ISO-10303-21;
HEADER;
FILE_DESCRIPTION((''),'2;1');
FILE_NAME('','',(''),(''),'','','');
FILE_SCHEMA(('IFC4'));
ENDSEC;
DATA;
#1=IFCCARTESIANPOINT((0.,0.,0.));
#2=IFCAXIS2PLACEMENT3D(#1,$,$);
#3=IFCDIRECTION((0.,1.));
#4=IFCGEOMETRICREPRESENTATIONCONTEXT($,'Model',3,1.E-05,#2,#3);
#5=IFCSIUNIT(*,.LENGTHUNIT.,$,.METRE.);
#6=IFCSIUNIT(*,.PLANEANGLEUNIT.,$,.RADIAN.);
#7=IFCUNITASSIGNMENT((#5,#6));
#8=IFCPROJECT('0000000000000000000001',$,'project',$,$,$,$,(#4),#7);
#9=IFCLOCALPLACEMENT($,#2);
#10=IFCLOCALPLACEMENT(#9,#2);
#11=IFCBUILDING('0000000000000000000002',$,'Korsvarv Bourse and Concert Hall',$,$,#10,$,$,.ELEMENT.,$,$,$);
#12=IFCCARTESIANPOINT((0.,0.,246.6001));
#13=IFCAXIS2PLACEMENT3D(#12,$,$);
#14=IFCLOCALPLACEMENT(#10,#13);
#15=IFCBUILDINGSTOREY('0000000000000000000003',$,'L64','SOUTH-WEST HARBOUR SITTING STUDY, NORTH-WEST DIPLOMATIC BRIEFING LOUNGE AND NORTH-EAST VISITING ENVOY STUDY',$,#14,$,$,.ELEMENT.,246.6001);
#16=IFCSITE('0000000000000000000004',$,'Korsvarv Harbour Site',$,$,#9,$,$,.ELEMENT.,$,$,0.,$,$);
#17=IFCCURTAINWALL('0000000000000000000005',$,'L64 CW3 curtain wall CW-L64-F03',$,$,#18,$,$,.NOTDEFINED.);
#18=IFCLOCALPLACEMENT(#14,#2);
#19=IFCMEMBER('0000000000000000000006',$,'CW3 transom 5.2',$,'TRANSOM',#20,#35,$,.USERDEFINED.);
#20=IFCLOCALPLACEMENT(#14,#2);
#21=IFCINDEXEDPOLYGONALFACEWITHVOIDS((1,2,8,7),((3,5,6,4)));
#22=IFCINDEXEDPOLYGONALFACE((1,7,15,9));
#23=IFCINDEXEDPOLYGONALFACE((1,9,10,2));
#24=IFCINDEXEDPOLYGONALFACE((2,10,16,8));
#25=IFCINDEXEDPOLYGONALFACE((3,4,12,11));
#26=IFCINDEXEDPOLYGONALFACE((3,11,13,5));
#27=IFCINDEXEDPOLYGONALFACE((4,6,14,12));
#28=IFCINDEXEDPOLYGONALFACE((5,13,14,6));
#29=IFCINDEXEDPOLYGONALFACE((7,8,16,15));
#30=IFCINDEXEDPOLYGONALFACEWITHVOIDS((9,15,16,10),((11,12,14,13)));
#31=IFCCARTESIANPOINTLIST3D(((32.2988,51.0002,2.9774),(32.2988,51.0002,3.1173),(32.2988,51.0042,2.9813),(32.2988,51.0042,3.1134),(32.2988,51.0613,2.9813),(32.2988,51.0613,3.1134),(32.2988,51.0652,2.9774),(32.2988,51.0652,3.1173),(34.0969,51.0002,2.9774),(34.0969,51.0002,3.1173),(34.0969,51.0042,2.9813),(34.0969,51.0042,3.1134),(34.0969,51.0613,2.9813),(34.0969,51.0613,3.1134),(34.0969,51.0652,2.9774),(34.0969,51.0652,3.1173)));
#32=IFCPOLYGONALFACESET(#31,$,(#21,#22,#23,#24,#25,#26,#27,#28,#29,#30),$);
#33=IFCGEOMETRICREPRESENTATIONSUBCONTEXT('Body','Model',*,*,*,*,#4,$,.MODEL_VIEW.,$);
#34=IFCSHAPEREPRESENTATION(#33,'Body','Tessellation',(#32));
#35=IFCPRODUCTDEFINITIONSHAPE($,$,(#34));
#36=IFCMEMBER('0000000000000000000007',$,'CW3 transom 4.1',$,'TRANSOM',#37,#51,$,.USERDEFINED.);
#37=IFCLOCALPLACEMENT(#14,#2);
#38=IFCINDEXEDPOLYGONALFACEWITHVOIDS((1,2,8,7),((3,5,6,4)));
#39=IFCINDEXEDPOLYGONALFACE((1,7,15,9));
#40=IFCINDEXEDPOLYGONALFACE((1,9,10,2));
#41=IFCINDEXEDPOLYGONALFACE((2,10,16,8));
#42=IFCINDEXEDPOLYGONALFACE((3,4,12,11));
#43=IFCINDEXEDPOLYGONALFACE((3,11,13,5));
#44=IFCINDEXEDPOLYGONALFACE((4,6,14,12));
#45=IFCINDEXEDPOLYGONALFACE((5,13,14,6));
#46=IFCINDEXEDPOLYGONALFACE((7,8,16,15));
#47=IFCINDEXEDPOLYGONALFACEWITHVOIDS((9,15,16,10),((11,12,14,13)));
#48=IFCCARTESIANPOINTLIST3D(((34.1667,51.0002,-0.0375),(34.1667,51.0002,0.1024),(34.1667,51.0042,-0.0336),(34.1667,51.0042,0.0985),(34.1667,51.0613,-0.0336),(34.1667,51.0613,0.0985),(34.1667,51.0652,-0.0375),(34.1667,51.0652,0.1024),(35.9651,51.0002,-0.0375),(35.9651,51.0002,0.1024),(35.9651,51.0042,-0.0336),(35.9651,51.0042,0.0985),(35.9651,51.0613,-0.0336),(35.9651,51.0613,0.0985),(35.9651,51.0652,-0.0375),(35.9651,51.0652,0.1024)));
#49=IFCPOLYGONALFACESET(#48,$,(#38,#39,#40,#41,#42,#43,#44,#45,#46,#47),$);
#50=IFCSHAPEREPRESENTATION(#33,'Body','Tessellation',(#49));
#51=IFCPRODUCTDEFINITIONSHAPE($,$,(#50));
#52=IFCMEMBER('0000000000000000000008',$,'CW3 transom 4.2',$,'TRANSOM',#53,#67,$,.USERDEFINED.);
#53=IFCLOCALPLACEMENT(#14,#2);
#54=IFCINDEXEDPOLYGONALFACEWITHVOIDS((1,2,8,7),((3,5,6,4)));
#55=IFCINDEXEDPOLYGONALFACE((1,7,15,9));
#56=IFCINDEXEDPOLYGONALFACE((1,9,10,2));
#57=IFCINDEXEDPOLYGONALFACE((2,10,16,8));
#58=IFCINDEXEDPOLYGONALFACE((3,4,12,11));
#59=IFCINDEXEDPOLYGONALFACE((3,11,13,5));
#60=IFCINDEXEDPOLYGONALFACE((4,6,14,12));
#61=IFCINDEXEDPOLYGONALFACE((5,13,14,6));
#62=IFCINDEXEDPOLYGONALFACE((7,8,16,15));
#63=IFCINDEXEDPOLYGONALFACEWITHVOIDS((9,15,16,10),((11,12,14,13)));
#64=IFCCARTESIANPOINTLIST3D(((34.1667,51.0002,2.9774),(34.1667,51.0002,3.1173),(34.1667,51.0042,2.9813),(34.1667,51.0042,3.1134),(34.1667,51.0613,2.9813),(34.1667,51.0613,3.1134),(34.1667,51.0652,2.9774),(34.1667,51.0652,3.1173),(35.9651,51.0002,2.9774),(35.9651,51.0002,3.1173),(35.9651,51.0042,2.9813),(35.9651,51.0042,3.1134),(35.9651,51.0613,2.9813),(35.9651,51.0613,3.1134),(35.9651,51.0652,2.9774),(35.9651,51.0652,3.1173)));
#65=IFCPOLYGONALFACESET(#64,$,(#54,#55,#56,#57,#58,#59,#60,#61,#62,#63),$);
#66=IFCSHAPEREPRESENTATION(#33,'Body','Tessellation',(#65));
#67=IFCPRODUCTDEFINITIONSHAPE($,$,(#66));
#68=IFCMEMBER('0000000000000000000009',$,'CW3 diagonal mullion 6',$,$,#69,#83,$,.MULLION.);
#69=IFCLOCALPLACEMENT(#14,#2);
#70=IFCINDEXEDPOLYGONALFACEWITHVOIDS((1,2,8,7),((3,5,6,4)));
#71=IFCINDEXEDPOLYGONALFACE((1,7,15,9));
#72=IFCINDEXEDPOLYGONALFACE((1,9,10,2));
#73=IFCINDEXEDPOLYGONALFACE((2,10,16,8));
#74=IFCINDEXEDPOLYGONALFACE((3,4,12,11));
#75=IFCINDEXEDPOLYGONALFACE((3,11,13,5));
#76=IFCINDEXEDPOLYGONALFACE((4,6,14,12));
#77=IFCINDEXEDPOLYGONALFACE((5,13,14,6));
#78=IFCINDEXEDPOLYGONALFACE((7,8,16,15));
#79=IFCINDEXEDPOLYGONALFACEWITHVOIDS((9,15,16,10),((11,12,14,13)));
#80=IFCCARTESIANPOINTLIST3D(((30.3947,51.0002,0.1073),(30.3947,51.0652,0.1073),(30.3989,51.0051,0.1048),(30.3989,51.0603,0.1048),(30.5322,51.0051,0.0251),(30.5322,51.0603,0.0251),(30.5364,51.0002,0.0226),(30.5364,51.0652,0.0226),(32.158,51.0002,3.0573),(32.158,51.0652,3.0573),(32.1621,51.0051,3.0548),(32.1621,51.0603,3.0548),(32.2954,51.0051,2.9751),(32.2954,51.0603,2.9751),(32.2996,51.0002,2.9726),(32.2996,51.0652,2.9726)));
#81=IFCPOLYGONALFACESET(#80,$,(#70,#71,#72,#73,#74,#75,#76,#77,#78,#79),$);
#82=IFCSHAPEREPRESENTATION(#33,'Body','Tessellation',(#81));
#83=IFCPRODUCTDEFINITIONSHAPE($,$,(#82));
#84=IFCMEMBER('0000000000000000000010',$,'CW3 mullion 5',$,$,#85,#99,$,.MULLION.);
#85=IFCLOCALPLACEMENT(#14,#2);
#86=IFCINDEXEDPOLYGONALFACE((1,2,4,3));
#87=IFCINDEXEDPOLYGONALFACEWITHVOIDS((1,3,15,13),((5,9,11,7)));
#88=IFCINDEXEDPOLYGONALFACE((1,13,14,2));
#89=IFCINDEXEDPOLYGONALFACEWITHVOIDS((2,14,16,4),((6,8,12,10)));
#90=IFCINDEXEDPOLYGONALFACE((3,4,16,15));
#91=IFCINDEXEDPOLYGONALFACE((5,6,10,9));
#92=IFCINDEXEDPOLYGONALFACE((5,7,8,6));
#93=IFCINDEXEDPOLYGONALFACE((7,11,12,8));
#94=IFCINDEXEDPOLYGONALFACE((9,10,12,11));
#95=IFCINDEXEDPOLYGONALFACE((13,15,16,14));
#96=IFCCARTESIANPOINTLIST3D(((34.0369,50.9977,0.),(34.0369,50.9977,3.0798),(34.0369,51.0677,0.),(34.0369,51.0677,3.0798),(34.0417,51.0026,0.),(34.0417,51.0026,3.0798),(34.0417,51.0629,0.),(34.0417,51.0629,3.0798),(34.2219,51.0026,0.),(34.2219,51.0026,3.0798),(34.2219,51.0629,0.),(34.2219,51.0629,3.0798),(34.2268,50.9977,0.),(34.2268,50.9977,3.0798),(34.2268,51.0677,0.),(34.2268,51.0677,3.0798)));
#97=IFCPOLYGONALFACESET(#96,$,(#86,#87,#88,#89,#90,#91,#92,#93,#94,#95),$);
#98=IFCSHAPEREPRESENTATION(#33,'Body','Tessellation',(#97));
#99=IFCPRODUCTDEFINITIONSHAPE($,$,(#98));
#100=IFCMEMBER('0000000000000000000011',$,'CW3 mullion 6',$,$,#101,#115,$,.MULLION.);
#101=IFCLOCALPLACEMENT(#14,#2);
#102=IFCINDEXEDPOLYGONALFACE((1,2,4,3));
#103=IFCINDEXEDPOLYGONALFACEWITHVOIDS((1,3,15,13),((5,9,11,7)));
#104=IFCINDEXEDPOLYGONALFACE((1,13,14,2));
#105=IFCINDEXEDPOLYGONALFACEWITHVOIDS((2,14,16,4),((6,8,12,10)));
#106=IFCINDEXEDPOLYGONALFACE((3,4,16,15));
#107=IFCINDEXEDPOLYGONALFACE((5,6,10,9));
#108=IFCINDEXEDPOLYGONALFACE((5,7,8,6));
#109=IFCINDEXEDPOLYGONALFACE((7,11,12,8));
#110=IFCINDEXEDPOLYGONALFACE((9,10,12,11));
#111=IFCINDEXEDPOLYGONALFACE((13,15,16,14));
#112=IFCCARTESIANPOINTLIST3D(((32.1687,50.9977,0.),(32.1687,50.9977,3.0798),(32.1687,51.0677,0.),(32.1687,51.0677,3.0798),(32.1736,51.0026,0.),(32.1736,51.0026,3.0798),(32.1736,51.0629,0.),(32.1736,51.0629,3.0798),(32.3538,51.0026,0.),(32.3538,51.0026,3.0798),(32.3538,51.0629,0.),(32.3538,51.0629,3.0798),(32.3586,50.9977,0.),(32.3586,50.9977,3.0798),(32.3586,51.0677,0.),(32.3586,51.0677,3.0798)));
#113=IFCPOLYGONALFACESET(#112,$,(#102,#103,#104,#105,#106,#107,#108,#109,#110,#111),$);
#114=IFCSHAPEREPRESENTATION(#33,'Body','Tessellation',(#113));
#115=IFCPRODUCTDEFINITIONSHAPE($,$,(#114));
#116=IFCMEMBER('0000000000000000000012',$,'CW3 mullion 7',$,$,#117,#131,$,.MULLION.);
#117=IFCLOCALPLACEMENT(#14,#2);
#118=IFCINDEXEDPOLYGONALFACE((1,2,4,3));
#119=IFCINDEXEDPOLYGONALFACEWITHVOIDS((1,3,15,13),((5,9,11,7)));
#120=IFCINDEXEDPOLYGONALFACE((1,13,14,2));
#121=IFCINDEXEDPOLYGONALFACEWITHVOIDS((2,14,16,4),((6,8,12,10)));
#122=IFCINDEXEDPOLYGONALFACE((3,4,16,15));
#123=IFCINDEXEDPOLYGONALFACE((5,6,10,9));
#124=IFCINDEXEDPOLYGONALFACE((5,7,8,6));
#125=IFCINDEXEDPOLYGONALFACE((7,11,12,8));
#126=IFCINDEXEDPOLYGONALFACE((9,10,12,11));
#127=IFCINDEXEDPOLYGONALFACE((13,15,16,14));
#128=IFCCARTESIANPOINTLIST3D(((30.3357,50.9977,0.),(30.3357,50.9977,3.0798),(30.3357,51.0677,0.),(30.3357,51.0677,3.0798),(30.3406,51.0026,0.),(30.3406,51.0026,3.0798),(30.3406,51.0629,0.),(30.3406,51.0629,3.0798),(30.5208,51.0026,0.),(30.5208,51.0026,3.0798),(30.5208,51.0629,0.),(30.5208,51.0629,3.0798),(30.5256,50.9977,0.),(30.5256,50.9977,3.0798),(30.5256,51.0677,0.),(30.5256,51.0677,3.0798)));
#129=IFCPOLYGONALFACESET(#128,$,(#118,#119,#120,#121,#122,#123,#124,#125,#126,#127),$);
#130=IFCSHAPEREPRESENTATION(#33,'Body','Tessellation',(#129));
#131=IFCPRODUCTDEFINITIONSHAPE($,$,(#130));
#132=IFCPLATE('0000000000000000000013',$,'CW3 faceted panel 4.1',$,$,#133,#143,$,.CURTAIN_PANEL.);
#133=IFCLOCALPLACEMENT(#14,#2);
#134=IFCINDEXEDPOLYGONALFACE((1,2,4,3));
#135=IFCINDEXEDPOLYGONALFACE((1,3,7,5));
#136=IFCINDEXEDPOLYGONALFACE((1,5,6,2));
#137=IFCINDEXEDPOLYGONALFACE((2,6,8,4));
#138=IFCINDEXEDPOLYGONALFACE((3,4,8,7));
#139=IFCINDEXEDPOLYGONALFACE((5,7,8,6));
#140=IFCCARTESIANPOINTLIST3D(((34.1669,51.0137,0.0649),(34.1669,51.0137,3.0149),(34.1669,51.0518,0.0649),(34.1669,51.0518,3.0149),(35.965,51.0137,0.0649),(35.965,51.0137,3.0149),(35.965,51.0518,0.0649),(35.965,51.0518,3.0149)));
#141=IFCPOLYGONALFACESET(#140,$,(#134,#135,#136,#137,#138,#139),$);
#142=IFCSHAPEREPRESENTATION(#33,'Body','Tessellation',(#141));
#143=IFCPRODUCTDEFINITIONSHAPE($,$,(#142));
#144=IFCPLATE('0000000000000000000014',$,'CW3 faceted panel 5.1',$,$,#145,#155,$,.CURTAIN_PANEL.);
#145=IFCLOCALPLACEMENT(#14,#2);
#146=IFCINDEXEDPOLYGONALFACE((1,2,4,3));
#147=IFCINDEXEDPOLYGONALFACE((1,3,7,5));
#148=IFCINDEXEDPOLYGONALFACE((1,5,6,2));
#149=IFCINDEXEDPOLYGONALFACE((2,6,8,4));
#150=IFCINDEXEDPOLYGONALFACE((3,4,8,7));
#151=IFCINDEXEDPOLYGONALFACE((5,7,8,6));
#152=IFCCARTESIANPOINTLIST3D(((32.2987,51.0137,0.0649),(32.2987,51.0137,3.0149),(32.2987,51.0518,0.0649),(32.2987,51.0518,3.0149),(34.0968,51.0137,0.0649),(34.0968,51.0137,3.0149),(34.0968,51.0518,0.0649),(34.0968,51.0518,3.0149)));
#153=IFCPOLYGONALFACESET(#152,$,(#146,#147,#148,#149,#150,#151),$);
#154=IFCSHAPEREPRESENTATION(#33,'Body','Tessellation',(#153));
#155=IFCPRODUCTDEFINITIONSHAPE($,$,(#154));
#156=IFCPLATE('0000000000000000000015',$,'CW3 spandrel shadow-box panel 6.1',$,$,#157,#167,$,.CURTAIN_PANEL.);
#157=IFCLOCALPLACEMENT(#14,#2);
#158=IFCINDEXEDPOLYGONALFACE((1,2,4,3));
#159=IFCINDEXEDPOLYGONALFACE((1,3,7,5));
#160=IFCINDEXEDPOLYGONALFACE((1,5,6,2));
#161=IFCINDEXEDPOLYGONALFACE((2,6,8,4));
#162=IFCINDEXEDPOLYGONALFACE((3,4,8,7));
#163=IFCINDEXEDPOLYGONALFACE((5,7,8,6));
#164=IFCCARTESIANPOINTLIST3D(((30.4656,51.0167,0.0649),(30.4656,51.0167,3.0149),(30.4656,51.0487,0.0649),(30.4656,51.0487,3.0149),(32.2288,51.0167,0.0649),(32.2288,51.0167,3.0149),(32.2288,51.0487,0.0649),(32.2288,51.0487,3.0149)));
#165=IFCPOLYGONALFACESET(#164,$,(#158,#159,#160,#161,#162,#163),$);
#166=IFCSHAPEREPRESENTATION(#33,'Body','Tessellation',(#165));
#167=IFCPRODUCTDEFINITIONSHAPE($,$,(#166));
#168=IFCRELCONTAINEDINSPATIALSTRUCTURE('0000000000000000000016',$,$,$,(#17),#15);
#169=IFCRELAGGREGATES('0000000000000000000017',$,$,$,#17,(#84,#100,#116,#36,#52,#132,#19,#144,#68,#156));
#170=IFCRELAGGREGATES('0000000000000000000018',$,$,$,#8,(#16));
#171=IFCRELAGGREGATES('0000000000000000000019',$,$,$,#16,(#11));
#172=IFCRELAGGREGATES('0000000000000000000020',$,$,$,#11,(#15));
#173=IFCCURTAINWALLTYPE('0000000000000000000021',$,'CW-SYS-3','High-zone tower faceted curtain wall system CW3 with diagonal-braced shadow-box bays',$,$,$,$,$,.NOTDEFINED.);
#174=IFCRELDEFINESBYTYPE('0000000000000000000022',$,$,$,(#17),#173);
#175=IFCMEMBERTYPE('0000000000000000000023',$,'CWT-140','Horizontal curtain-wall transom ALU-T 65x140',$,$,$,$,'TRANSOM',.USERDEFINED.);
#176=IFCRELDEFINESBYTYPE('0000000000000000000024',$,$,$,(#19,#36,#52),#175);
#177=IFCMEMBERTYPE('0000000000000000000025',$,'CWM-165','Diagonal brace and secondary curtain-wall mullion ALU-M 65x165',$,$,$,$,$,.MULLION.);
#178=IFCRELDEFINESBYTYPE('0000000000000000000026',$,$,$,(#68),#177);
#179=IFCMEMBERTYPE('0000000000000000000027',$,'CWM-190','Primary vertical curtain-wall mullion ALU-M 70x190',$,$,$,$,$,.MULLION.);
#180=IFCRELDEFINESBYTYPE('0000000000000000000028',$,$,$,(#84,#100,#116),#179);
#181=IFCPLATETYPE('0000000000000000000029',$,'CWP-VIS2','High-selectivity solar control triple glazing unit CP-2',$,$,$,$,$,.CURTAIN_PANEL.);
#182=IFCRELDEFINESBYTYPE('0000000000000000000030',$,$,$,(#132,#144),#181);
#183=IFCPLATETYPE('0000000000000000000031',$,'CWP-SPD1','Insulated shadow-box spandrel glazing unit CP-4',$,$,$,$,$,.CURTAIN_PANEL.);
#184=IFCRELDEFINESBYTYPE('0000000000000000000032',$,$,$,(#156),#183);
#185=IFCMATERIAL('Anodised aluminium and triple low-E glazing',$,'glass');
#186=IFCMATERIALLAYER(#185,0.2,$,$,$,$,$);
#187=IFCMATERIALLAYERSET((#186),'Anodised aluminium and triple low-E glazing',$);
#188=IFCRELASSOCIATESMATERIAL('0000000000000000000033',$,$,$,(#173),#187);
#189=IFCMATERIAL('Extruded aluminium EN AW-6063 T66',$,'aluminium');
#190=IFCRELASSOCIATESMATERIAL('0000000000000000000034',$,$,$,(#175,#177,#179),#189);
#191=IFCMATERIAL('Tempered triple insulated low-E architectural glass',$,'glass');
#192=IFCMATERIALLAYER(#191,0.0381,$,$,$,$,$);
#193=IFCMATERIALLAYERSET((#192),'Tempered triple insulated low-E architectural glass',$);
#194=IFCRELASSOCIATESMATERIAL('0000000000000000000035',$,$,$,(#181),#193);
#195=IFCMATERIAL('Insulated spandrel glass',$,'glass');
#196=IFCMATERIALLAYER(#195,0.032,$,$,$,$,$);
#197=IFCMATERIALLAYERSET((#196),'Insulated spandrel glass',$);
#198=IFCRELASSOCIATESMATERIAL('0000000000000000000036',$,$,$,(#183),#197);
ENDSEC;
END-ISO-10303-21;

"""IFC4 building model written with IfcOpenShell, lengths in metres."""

from ifc_helpers import new_model, si_unit, direction, frame, origin, origin_2d, place, context, subcontext, project, spatial, rectangle, hollow_rectangle, extrude, source, transform, mapped, material, layer, layer_set, material_profile, profile_set, type_object, element, aggregate, save


model = new_model("IFC4")

# Units and contexts
model_context = context("Model", 3, precision=1e-05, world=origin(), true_north=direction((0.0, 1.0)))
body_context = subcontext(model_context, "Body", "Model", "MODEL_VIEW")
ifc_project = project(units=[si_unit("LENGTHUNIT", "METRE"), si_unit("PLANEANGLEUNIT", "RADIAN")], contexts=[model_context])

# Site, building, storey
site_placement = place(None, origin())
site = spatial("IfcSite", under=ifc_project, at=site_placement, Name="Korsvarv Harbour Site", CompositionType="ELEMENT", RefElevation=0.0)
building_placement = place(site_placement, origin())
building = spatial("IfcBuilding", under=site, at=building_placement, Name="Korsvarv Bourse and Concert Hall", CompositionType="ELEMENT")
storey_placement = place(building_placement, frame((0.0, 0.0, 246.6001)))
storey = spatial("IfcBuildingStorey", under=building, at=storey_placement, Name="L64", Description="SOUTH-WEST HARBOUR SITTING STUDY, NORTH-WEST DIPLOMATIC BRIEFING LOUNGE AND NORTH-EAST VISITING ENVOY STUDY", CompositionType="ELEMENT", Elevation=246.6001)

# Curtain wall, members, plates
ifc_material_1 = material(Name="Anodised aluminium and triple low-E glazing", Category="glass")
ifc_layer_1 = layer(ifc_material_1, 0.2)
ifc_layer_set_1 = layer_set([ifc_layer_1], Name="Anodised aluminium and triple low-E glazing")
curtain_wall_type = type_object("IfcCurtainWallType", Name="CW-SYS-3", Description="High-zone tower faceted curtain wall system CW3 with diagonal-braced shadow-box bays", PredefinedType="NOTDEFINED", material=ifc_layer_set_1)
curtain_wall_placement = place(storey_placement, origin())
curtain_wall = element("IfcCurtainWall", 1, at=curtain_wall_placement, inside=storey, type_object=curtain_wall_type, Name="L64 CW3 curtain wall CW-L64-F03", PredefinedType="NOTDEFINED")
ifc_material_2 = material(Name="Extruded aluminium EN AW-6063 T66", Category="aluminium")
ifc_material_profile_1 = material_profile(ifc_material_2, hollow_rectangle(XDim=0.0649, YDim=0.1399, WallThickness=0.0039, at=origin_2d()), Name="ALU-T 65x140")
ifc_profile_set_1 = profile_set([ifc_material_profile_1], Name="Extruded aluminium EN AW-6063 T66")
member_type_1 = type_object("IfcMemberType", Name="CWT-140", Description="Horizontal curtain-wall transom ALU-T 65x140", ElementType="TRANSOM", PredefinedType="USERDEFINED", material=ifc_profile_set_1)
shared_shape_1 = source(origin(), body_context, "Body", "SweptSolid", [
    extrude(hollow_rectangle(XDim=0.0649, YDim=0.1399, WallThickness=0.0039, at=origin_2d()), origin(), (0.0, 0.0, 1.0), 1.7981),
])
member_1_placement = place(storey_placement, frame((34.0969, 51.0327, 3.0474), z_axis=(-1.0, 0.0, 0.0), x_axis=(0.0, -1.0, 0.0)))
member_1 = element("IfcMember", 2, at=member_1_placement, type_object=member_type_1, Name="CW3 transom 5.2", ObjectType="TRANSOM", PredefinedType="USERDEFINED", context=body_context, shape_type="MappedRepresentation", body=[
    mapped(shared_shape_1, transform((0.0, 0.0, 0.0), scale=1.0)),
])
shared_shape_2 = source(origin(), body_context, "Body", "SweptSolid", [
    extrude(hollow_rectangle(XDim=0.0649, YDim=0.1399, WallThickness=0.0039, at=origin_2d()), origin(), (0.0, 0.0, 1.0), 1.7983),
])
member_2_placement = place(storey_placement, frame((35.9651, 51.0327, 0.0325), z_axis=(-1.0, 0.0, 0.0), x_axis=(0.0, -1.0, 0.0)))
member_2 = element("IfcMember", 3, at=member_2_placement, type_object=member_type_1, Name="CW3 transom 4.1", ObjectType="TRANSOM", PredefinedType="USERDEFINED", context=body_context, shape_type="MappedRepresentation", body=[
    mapped(shared_shape_2, transform((0.0, 0.0, 0.0), scale=1.0)),
])
member_3_placement = place(storey_placement, frame((35.9651, 51.0327, 3.0474), z_axis=(-1.0, 0.0, 0.0), x_axis=(0.0, -1.0, 0.0)))
member_3 = element("IfcMember", 4, at=member_3_placement, type_object=member_type_1, Name="CW3 transom 4.2", ObjectType="TRANSOM", PredefinedType="USERDEFINED", context=body_context, shape_type="MappedRepresentation", body=[
    mapped(shared_shape_2, transform((0.0, 0.0, 0.0), scale=1.0)),
])
ifc_material_profile_2 = material_profile(ifc_material_2, hollow_rectangle(XDim=0.0649, YDim=0.165, WallThickness=0.0049, at=origin_2d()), Name="ALU-M 65x165")
ifc_profile_set_2 = profile_set([ifc_material_profile_2], Name="Extruded aluminium EN AW-6063 T66")
member_type_2 = type_object("IfcMemberType", Name="CWM-165", Description="Diagonal brace and secondary curtain-wall mullion ALU-M 65x165", PredefinedType="MULLION", material=ifc_profile_set_2)
shared_shape_3 = source(origin(), body_context, "Body", "SweptSolid", [
    extrude(hollow_rectangle(XDim=0.0649, YDim=0.165, WallThickness=0.0049, at=origin_2d()), origin(), (0.0, 0.0, 1.0), 3.4368),
])
member_4_placement = place(storey_placement, frame((30.4656, 51.0327, 0.0649), z_axis=(0.513043, 0.0, 0.858363), x_axis=(0.0, 1.0, 0.0)))
member_4 = element("IfcMember", 5, at=member_4_placement, type_object=member_type_2, Name="CW3 diagonal mullion 6", PredefinedType="MULLION", context=body_context, shape_type="MappedRepresentation", body=[
    mapped(shared_shape_3, transform((0.0, 0.0, 0.0), scale=1.0)),
])
ifc_material_profile_3 = material_profile(ifc_material_2, hollow_rectangle(XDim=0.0701, YDim=0.1899, WallThickness=0.0049, at=origin_2d()), Name="ALU-M 70x190")
ifc_profile_set_3 = profile_set([ifc_material_profile_3], Name="Extruded aluminium EN AW-6063 T66")
member_type_3 = type_object("IfcMemberType", Name="CWM-190", Description="Primary vertical curtain-wall mullion ALU-M 70x190", PredefinedType="MULLION", material=ifc_profile_set_3)
shared_shape_4 = source(origin(), body_context, "Body", "SweptSolid", [
    extrude(hollow_rectangle(XDim=0.0701, YDim=0.1899, WallThickness=0.0049, at=origin_2d()), origin(), (0.0, 0.0, 1.0), 3.0798),
])
member_5_placement = place(storey_placement, frame((34.1318, 51.0327, 0.0), z_axis=(0.0, 0.0, 1.0), x_axis=(0.0, -1.0, 0.0)))
member_5 = element("IfcMember", 6, at=member_5_placement, type_object=member_type_3, Name="CW3 mullion 5", PredefinedType="MULLION", context=body_context, shape_type="MappedRepresentation", body=[
    mapped(shared_shape_4, transform((0.0, 0.0, 0.0), scale=1.0)),
])
member_6_placement = place(storey_placement, frame((32.2637, 51.0327, 0.0), z_axis=(0.0, 0.0, 1.0), x_axis=(0.0, -1.0, 0.0)))
member_6 = element("IfcMember", 7, at=member_6_placement, type_object=member_type_3, Name="CW3 mullion 6", PredefinedType="MULLION", context=body_context, shape_type="MappedRepresentation", body=[
    mapped(shared_shape_4, transform((0.0, 0.0, 0.0), scale=1.0)),
])
member_7_placement = place(storey_placement, frame((30.4307, 51.0327, 0.0), z_axis=(0.0, 0.0, 1.0), x_axis=(0.0, -1.0, 0.0)))
member_7 = element("IfcMember", 8, at=member_7_placement, type_object=member_type_3, Name="CW3 mullion 7", PredefinedType="MULLION", context=body_context, shape_type="MappedRepresentation", body=[
    mapped(shared_shape_4, transform((0.0, 0.0, 0.0), scale=1.0)),
])
ifc_material_3 = material(Name="Tempered triple insulated low-E architectural glass", Category="glass")
ifc_layer_2 = layer(ifc_material_3, 0.0381)
ifc_layer_set_2 = layer_set([ifc_layer_2], Name="Tempered triple insulated low-E architectural glass")
plate_type_1 = type_object("IfcPlateType", Name="CWP-VIS2", Description="High-selectivity solar control triple glazing unit CP-2", PredefinedType="CURTAIN_PANEL", material=ifc_layer_set_2)
shared_shape_5 = source(origin(), body_context, "Body", "SweptSolid", [
    extrude(rectangle(XDim=1.7981, YDim=0.0381, at=origin_2d()), origin(), (0.0, 0.0, 1.0), 2.95),
])
plate_1_placement = place(storey_placement, frame((35.0659, 51.0327, 0.0649), z_axis=(0.0, 0.0, 1.0), x_axis=(-1.0, 0.0, 0.0)))
plate_1 = element("IfcPlate", 9, at=plate_1_placement, type_object=plate_type_1, Name="CW3 faceted panel 4.1", PredefinedType="CURTAIN_PANEL", context=body_context, shape_type="MappedRepresentation", body=[
    mapped(shared_shape_5, transform((0.0, 0.0, 0.0), scale=1.0)),
])
plate_2_placement = place(storey_placement, frame((33.1978, 51.0327, 0.0649), z_axis=(0.0, 0.0, 1.0), x_axis=(-1.0, 0.0, 0.0)))
plate_2 = element("IfcPlate", 10, at=plate_2_placement, type_object=plate_type_1, Name="CW3 faceted panel 5.1", PredefinedType="CURTAIN_PANEL", context=body_context, shape_type="MappedRepresentation", body=[
    mapped(shared_shape_5, transform((0.0, 0.0, 0.0), scale=1.0)),
])
ifc_material_4 = material(Name="Insulated spandrel glass", Category="glass")
ifc_layer_3 = layer(ifc_material_4, 0.032)
ifc_layer_set_3 = layer_set([ifc_layer_3], Name="Insulated spandrel glass")
plate_type_2 = type_object("IfcPlateType", Name="CWP-SPD1", Description="Insulated shadow-box spandrel glazing unit CP-4", PredefinedType="CURTAIN_PANEL", material=ifc_layer_set_3)
shared_shape_6 = source(origin(), body_context, "Body", "SweptSolid", [
    extrude(rectangle(XDim=1.7632, YDim=0.032, at=origin_2d()), origin(), (0.0, 0.0, 1.0), 2.95),
])
plate_3_placement = place(storey_placement, frame((31.3472, 51.0327, 0.0649), z_axis=(0.0, 0.0, 1.0), x_axis=(-1.0, 0.0, 0.0)))
plate_3 = element("IfcPlate", 11, at=plate_3_placement, type_object=plate_type_2, Name="CW3 spandrel shadow-box panel 6.1", PredefinedType="CURTAIN_PANEL", context=body_context, shape_type="MappedRepresentation", body=[
    mapped(shared_shape_6, transform((0.0, 0.0, 0.0), scale=1.0)),
])
aggregate(curtain_wall, [member_5, member_6, member_7, member_2, member_3, plate_1, member_1, plate_2, member_4, plate_3])

save(model, "model.ifc")
